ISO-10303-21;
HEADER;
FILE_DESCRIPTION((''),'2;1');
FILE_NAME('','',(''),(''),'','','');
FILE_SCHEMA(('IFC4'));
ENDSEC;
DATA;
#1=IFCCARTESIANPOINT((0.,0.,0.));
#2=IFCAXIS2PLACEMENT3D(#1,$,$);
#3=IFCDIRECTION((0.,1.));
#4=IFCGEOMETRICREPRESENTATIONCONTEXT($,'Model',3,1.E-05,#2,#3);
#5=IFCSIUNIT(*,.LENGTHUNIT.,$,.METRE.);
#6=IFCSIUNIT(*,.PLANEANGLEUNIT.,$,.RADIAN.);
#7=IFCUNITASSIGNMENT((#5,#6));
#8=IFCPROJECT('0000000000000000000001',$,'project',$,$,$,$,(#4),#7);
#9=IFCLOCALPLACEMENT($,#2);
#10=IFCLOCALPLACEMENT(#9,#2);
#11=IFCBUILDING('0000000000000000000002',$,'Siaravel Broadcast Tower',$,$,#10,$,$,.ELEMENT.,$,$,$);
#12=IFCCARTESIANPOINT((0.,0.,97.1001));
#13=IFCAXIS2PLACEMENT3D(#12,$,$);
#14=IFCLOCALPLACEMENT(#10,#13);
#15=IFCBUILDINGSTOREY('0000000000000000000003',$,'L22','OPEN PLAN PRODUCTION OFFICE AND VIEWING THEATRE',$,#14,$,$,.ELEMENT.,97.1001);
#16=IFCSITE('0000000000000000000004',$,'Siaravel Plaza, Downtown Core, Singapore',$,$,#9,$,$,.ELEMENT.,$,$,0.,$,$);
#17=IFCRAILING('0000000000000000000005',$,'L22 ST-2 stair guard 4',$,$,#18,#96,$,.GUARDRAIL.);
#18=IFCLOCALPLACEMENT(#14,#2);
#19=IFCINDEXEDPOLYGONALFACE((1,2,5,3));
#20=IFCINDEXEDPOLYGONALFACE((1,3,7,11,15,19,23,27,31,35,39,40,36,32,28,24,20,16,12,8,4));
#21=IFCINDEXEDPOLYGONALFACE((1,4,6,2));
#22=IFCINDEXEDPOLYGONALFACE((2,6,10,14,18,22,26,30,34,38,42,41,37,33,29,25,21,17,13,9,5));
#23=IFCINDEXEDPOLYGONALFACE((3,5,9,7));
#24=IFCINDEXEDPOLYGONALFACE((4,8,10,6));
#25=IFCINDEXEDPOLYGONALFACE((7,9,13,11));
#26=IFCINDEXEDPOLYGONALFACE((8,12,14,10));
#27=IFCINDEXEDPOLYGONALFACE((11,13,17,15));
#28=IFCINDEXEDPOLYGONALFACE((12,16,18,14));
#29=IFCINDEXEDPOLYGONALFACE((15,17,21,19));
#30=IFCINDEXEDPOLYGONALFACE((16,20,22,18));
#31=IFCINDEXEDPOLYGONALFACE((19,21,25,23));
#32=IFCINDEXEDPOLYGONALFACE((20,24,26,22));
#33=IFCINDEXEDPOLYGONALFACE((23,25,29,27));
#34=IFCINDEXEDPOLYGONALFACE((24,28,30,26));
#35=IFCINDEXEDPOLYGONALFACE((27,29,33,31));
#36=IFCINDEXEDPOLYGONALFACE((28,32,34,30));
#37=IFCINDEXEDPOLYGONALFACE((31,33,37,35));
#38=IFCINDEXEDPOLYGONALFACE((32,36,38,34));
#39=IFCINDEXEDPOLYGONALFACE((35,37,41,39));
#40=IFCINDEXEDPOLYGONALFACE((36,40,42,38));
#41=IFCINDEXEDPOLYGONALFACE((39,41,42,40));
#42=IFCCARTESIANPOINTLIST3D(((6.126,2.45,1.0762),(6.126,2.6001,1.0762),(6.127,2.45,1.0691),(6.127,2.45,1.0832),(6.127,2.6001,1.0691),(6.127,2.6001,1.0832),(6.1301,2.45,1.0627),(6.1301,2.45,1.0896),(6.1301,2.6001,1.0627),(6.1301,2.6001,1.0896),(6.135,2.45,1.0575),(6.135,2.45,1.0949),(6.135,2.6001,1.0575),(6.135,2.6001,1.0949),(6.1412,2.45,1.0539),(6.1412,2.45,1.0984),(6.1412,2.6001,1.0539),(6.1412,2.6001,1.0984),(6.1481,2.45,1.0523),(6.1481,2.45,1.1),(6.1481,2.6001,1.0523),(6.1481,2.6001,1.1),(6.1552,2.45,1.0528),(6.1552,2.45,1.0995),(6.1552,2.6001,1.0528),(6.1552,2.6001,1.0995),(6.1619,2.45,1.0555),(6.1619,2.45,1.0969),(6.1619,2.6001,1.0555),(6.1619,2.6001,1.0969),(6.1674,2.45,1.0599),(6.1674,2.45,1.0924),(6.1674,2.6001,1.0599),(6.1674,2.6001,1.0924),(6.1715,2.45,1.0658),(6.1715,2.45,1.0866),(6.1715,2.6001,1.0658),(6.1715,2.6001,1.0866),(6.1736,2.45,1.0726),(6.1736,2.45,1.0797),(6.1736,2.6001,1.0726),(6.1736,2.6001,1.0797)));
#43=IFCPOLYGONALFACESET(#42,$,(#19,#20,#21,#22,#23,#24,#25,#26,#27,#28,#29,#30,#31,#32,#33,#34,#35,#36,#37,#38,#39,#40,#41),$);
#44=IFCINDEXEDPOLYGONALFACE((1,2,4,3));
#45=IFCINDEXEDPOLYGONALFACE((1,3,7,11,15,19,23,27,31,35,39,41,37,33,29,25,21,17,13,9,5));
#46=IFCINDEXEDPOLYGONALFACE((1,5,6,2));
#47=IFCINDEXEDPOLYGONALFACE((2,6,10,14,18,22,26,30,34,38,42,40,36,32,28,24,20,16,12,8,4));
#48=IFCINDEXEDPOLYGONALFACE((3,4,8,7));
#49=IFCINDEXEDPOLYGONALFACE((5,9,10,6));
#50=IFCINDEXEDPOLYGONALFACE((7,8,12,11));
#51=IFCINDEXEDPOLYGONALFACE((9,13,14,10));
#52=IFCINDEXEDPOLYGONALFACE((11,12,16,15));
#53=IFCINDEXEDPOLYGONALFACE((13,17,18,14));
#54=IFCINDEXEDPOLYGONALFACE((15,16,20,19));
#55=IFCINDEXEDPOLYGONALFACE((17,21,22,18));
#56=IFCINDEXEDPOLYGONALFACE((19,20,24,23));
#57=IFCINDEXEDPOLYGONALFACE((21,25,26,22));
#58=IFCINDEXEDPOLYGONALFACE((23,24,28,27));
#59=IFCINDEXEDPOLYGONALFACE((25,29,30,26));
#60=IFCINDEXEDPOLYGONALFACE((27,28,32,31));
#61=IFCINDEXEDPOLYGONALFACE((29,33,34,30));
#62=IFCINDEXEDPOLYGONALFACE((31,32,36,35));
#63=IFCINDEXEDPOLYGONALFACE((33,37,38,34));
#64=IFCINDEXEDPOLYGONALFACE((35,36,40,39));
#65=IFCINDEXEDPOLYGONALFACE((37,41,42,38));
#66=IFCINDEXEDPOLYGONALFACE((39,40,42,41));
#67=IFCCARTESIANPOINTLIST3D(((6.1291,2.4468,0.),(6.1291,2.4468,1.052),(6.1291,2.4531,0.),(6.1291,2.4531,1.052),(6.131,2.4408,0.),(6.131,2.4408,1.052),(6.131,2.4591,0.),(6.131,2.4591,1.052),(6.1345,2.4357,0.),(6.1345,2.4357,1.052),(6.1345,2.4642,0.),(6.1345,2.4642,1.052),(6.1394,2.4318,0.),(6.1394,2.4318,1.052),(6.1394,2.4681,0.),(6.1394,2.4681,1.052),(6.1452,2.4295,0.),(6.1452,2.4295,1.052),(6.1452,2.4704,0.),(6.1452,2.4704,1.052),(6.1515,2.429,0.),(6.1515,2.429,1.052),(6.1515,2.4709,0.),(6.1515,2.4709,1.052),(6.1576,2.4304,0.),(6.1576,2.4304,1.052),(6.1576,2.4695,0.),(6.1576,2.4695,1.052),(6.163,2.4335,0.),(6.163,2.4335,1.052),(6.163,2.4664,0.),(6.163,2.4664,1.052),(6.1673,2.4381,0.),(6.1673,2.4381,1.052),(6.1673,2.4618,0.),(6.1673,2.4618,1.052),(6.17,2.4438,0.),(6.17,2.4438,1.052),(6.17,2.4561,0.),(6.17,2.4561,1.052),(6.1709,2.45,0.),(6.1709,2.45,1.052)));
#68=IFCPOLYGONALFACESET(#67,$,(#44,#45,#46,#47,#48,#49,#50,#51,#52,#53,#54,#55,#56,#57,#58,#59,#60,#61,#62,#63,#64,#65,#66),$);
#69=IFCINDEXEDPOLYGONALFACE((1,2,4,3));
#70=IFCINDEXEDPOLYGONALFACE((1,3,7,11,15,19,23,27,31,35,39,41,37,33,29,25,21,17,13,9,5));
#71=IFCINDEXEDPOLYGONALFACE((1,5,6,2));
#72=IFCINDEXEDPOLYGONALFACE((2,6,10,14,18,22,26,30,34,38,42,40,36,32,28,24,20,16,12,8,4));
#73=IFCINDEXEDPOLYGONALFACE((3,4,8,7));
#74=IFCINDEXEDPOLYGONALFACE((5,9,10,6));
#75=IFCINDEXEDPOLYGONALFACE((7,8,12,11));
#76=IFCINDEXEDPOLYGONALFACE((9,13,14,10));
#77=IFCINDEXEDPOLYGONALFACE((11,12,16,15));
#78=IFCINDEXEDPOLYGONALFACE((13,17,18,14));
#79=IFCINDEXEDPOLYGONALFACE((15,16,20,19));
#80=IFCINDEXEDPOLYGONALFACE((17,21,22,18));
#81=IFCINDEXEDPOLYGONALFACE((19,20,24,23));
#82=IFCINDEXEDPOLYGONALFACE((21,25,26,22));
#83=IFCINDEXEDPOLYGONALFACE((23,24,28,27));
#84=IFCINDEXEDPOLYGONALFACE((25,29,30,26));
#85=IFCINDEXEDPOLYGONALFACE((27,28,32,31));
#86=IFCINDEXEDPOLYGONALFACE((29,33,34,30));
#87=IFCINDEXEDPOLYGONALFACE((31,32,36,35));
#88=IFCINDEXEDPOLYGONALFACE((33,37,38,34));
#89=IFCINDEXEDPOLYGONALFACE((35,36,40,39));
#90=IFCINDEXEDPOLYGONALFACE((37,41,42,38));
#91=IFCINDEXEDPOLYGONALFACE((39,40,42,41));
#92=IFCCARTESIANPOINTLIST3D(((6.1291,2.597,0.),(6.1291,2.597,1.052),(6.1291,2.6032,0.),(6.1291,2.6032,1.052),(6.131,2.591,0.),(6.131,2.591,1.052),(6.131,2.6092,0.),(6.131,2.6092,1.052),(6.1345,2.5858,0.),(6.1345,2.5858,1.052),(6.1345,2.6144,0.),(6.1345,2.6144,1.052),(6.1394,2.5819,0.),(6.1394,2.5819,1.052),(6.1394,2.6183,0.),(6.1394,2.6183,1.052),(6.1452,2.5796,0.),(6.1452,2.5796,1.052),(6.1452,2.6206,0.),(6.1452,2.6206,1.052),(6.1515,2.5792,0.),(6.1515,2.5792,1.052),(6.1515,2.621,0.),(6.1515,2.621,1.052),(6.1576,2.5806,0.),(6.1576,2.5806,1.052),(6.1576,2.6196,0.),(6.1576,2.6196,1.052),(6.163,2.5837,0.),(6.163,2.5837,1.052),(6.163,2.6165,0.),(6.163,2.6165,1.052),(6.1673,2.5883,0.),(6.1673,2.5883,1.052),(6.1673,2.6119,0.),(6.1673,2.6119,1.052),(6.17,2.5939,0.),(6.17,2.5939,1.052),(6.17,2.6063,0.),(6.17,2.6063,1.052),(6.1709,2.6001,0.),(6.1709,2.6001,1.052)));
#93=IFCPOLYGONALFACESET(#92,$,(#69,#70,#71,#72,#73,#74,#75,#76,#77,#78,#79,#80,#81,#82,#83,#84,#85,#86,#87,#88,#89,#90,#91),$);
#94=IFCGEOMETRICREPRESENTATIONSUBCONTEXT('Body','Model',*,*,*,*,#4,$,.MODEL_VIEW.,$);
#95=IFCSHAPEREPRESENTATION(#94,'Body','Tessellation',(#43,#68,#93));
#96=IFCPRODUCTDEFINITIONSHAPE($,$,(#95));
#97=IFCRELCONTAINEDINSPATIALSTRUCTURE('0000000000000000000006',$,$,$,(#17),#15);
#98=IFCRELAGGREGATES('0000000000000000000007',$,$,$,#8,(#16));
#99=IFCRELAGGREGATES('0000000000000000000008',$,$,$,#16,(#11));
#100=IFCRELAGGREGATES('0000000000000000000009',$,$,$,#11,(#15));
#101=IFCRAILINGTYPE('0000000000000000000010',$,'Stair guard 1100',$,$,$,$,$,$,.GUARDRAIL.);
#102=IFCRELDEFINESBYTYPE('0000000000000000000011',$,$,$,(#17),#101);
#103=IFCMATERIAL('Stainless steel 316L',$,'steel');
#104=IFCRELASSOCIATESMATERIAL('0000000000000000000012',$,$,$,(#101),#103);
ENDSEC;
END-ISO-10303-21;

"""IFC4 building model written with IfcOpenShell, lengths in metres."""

from ifc_helpers import new_model, si_unit, direction, frame, origin, origin_2d, place, context, subcontext, project, spatial, circle, extrude, material, type_object, element, save


model = new_model("IFC4")

# Units and contexts
model_context = context("Model", 3, precision=1e-05, world=origin(), true_north=direction((0.0, 1.0)))
body_context = subcontext(model_context, "Body", "Model", "MODEL_VIEW")
ifc_project = project(units=[si_unit("LENGTHUNIT", "METRE"), si_unit("PLANEANGLEUNIT", "RADIAN")], contexts=[model_context])

# Site, building, storey
site_placement = place(None, origin())
site = spatial("IfcSite", under=ifc_project, at=site_placement, Name="Siaravel Plaza, Downtown Core, Singapore", CompositionType="ELEMENT", RefElevation=0.0)
building_placement = place(site_placement, origin())
building = spatial("IfcBuilding", under=site, at=building_placement, Name="Siaravel Broadcast Tower", CompositionType="ELEMENT")
storey_placement = place(building_placement, frame((0.0, 0.0, 97.1001)))
storey = spatial("IfcBuildingStorey", under=building, at=storey_placement, Name="L22", Description="OPEN PLAN PRODUCTION OFFICE AND VIEWING THEATRE", CompositionType="ELEMENT", Elevation=97.1001)

# Railing
ifc_material_1 = material(Name="Stainless steel 316L", Category="steel")
railing_type_1 = type_object("IfcRailingType", Name="Stair guard 1100", PredefinedType="GUARDRAIL", material=ifc_material_1)
railing_1_placement = place(storey_placement, frame((6.1499, 2.45, 0.0)))
element("IfcRailing", 1, at=railing_1_placement, inside=storey, type_object=railing_type_1, Name="L22 ST-2 stair guard 4", PredefinedType="GUARDRAIL", context=body_context, shape_type="SweptSolid", body=[
    extrude(circle(Radius=0.0239, at=origin_2d()), frame((0.0, 0.0, 1.0762), z_axis=(0.0, 1.0, 0.0), x_axis=(-1.0, 0.0, 0.0)), (0.0, 0.0, 1.0), 0.1501),
    extrude(circle(Radius=0.021, at=origin_2d()), origin(), (0.0, 0.0, 1.0), 1.052),
    extrude(circle(Radius=0.021, at=origin_2d()), frame((0.0, 0.1501, 0.0)), (0.0, 0.0, 1.0), 1.052),
])

save(model, "model.ifc")
